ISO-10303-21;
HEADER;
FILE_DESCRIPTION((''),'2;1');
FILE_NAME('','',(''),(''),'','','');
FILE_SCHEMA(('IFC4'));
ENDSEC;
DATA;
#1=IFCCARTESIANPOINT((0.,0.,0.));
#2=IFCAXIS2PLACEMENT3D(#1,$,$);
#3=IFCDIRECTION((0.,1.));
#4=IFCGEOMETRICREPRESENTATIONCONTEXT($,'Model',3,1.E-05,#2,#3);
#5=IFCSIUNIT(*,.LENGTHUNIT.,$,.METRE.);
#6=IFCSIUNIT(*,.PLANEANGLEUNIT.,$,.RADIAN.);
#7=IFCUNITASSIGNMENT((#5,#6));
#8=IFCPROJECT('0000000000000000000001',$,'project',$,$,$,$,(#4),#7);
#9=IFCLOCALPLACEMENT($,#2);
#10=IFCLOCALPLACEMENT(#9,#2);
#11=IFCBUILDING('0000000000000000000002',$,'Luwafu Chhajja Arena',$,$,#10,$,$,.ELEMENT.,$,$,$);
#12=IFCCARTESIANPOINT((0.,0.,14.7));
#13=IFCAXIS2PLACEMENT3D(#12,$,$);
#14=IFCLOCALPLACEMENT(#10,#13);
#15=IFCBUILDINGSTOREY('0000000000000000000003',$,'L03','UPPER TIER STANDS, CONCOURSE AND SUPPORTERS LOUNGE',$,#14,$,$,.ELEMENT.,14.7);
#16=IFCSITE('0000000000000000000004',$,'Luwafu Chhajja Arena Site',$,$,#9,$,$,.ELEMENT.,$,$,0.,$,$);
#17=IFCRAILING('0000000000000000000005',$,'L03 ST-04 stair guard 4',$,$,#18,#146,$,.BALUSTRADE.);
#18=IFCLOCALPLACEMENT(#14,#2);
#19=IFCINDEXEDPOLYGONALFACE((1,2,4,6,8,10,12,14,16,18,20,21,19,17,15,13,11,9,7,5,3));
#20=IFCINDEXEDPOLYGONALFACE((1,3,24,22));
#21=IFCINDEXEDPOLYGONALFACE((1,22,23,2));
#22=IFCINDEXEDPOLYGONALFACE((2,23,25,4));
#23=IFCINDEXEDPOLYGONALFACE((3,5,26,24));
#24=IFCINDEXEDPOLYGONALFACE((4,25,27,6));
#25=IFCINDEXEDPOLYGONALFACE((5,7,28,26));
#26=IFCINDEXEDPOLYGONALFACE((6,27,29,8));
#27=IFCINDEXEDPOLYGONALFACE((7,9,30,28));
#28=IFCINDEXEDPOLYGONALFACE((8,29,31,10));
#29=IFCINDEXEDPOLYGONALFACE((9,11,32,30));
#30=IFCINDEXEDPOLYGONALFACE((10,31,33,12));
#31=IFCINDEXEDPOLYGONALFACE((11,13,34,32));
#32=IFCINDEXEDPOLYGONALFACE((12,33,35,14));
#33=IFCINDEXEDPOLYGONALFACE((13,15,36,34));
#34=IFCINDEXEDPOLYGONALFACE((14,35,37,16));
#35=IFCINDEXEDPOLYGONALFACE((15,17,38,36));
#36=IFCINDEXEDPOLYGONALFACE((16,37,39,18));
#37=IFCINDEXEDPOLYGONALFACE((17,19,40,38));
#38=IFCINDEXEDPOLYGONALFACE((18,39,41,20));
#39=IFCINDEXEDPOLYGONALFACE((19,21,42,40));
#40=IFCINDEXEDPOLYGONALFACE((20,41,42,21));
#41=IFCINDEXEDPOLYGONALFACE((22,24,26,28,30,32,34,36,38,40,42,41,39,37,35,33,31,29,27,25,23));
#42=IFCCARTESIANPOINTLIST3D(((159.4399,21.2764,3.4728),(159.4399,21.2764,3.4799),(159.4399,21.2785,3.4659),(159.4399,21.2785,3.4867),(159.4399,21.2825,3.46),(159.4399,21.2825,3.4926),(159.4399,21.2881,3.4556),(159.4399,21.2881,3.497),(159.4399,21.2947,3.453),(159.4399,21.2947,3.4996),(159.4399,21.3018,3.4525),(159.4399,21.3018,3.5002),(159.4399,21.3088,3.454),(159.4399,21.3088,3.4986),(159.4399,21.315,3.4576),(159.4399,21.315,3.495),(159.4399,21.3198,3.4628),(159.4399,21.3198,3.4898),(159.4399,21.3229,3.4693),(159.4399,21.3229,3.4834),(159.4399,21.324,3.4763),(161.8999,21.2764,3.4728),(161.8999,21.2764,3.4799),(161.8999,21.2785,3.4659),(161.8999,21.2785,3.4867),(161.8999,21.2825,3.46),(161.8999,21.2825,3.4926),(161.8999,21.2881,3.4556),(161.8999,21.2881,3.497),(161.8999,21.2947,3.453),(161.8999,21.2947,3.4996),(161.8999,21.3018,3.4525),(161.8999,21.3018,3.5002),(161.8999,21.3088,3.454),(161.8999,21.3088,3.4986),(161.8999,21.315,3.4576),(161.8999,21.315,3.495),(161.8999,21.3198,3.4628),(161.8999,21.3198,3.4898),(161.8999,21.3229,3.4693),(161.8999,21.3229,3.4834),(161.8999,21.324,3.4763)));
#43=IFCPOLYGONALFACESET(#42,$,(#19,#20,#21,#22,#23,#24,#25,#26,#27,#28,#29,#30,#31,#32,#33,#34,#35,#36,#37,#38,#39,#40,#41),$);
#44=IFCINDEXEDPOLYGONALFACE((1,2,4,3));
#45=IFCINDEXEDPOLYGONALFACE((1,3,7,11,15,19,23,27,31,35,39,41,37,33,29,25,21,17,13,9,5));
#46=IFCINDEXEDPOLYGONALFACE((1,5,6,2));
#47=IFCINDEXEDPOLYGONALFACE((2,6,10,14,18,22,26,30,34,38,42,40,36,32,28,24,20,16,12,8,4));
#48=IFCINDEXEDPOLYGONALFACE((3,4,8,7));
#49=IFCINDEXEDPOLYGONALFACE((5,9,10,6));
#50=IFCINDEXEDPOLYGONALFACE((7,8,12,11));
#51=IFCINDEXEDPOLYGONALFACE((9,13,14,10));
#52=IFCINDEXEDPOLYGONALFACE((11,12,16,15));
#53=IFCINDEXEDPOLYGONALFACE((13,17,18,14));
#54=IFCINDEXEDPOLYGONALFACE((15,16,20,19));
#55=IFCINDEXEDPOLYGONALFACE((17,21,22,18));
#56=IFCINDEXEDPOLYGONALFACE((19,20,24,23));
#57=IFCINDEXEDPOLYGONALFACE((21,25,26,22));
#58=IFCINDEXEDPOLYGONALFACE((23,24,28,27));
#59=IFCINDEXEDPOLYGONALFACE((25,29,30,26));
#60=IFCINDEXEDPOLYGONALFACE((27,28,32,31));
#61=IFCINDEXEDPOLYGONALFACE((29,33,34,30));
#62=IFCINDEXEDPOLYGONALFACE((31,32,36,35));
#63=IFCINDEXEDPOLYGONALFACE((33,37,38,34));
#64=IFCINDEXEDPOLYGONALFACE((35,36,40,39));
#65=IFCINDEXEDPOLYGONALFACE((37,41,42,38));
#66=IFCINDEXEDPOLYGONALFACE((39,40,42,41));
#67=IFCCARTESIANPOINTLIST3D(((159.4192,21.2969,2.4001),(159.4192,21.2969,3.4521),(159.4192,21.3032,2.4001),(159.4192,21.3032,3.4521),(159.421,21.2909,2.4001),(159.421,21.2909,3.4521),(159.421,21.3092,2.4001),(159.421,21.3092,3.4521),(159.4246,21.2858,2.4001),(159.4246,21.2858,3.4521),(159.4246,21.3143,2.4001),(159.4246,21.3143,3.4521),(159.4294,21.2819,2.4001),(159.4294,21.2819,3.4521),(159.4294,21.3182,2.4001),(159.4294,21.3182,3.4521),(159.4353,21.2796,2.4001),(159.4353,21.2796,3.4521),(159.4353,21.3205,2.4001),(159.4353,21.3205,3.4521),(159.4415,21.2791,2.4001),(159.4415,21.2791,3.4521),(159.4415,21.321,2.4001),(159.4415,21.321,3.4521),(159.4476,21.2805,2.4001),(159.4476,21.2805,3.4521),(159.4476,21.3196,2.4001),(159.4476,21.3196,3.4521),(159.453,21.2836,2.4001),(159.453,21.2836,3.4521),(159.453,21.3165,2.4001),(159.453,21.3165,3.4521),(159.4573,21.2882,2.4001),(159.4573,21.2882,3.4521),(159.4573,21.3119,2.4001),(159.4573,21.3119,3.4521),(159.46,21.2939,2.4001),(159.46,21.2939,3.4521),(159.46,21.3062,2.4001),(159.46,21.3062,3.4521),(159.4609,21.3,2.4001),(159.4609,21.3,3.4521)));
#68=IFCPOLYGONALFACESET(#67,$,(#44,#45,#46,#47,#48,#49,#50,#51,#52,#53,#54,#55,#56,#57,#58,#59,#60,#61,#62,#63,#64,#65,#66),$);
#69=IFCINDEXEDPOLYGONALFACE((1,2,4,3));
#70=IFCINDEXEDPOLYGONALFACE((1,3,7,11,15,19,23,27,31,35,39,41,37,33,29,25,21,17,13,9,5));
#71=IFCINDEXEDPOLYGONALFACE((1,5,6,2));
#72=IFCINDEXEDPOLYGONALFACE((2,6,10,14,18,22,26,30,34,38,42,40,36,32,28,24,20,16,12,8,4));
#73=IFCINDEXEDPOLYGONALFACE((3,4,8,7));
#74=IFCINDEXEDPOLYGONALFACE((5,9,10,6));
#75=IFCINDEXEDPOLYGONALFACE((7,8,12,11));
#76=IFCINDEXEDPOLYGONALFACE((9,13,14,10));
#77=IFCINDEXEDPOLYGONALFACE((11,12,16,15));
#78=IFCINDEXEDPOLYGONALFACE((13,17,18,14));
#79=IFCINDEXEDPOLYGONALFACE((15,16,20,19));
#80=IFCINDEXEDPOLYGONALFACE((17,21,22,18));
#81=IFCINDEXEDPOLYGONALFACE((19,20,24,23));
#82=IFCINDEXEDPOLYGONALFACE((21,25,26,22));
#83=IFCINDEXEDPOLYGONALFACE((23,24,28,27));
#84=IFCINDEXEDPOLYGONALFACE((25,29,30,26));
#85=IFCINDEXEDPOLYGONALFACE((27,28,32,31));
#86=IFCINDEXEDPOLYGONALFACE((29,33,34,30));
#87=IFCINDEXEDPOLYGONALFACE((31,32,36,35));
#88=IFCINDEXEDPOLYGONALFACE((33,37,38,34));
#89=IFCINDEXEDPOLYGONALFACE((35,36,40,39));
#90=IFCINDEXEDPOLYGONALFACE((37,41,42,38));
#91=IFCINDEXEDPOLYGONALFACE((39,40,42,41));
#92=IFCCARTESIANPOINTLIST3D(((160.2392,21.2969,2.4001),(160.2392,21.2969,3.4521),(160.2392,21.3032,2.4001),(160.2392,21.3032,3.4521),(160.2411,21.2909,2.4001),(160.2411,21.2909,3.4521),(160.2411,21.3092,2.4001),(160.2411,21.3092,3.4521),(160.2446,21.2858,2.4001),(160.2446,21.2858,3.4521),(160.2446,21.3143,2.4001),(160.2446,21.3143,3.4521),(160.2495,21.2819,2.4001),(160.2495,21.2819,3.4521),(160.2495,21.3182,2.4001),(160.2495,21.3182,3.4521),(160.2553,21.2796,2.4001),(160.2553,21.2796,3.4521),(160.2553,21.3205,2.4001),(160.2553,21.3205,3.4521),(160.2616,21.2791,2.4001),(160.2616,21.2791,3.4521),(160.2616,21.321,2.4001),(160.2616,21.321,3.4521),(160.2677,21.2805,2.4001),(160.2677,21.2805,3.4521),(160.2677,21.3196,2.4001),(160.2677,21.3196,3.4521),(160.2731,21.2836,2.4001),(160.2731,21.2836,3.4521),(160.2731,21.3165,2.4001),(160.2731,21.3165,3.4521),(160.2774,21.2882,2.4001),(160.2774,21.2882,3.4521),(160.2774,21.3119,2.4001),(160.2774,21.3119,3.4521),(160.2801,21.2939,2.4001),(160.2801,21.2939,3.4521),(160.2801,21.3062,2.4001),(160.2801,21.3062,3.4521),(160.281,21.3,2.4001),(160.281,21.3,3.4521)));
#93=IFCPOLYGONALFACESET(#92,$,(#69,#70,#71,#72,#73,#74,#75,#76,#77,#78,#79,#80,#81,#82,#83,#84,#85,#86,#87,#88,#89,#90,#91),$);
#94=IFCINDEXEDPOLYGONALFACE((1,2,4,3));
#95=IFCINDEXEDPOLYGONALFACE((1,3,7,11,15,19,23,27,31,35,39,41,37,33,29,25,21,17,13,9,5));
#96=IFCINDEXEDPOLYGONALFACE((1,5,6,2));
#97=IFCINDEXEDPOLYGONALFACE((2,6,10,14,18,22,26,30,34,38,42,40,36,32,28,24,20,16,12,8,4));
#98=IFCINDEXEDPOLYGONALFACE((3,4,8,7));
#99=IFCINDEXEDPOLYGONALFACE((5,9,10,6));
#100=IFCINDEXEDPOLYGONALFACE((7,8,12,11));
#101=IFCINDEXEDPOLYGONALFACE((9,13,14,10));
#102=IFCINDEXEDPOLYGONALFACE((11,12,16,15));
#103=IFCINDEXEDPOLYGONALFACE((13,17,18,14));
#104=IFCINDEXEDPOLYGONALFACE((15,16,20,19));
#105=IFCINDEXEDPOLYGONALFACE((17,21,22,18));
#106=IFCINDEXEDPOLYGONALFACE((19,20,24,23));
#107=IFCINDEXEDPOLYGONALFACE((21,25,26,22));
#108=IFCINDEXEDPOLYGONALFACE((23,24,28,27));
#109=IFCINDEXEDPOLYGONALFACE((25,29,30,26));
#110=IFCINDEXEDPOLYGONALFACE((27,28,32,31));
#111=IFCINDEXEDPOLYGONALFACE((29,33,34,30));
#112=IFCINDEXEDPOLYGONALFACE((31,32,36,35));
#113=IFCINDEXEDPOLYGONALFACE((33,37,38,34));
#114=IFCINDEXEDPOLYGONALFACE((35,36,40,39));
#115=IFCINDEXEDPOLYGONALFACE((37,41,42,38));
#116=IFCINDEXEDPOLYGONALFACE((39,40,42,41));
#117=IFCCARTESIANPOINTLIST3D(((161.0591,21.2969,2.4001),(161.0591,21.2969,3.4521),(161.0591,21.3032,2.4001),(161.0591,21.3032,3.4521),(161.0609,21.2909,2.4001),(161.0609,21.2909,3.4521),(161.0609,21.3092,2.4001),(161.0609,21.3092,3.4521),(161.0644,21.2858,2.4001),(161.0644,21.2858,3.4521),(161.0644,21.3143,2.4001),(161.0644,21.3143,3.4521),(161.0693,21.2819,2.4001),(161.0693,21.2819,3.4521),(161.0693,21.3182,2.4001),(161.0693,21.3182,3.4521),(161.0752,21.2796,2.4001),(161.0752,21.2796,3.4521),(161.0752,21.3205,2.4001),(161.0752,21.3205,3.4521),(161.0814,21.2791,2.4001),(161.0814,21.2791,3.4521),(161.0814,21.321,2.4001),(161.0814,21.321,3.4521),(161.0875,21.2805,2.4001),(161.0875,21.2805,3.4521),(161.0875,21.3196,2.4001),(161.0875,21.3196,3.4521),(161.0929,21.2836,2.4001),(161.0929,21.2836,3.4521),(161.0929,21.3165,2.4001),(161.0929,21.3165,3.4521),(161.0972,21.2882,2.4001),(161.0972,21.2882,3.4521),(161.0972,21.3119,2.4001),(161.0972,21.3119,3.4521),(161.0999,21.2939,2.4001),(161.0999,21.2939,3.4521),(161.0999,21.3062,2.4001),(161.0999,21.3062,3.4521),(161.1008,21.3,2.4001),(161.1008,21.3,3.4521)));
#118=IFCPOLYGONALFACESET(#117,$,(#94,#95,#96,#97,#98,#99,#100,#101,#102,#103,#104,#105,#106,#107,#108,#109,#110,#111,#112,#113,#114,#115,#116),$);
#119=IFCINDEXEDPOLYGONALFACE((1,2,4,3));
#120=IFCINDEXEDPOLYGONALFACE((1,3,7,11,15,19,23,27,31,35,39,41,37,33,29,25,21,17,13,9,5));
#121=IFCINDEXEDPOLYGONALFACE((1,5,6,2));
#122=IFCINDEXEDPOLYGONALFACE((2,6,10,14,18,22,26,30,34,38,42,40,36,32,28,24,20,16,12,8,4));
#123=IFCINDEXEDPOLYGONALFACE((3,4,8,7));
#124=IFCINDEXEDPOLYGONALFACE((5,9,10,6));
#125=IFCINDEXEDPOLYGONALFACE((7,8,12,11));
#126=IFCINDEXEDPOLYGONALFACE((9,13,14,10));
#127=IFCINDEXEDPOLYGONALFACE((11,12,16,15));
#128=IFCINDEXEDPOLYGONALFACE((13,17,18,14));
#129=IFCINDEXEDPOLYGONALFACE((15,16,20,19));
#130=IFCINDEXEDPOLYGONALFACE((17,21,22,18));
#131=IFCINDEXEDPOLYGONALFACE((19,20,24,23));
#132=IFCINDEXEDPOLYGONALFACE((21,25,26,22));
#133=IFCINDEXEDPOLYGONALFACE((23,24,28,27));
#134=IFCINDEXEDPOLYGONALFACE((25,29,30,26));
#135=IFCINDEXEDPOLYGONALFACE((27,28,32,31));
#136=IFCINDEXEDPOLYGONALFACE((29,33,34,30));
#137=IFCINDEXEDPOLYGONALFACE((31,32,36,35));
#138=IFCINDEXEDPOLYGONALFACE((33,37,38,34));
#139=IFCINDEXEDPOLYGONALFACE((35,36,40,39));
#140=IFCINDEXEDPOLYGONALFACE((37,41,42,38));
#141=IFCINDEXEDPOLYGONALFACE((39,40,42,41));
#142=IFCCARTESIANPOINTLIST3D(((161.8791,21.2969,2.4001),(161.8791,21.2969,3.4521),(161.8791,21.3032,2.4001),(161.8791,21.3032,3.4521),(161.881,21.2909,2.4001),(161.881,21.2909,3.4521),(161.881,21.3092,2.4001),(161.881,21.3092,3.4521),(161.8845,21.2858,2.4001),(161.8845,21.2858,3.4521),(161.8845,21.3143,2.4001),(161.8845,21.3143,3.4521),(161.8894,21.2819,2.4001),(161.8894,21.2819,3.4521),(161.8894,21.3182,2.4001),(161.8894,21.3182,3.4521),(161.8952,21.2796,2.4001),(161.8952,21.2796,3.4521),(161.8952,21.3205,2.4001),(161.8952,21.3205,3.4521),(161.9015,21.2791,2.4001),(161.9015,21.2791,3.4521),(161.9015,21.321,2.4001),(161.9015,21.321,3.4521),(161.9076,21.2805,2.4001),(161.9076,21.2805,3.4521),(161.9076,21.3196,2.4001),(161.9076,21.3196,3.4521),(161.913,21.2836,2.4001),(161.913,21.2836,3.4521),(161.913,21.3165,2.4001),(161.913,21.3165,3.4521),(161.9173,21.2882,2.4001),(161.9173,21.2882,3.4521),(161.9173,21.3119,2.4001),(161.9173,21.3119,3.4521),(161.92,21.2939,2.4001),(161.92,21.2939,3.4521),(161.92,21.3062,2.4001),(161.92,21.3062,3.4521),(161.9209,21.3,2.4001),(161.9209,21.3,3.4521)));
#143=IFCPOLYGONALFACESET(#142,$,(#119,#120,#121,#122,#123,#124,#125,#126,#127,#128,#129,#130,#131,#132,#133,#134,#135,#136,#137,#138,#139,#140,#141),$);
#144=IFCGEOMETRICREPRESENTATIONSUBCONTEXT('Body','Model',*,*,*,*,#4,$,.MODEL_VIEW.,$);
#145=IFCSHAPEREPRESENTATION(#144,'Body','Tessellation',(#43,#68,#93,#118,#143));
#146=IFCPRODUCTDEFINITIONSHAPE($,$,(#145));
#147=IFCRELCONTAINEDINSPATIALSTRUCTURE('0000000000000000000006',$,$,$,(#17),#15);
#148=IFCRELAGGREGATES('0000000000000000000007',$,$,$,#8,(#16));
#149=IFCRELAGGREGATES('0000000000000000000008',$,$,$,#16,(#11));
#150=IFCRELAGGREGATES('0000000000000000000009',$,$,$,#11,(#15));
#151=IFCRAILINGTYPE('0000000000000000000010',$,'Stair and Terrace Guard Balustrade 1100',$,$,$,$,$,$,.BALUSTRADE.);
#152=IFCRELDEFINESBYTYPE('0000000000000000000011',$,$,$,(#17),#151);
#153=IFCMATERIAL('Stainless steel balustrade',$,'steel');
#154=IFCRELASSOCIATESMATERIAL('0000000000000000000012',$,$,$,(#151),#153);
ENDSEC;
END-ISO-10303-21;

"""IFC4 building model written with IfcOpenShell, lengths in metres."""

from ifc_helpers import new_model, si_unit, direction, frame, origin, origin_2d, place, context, subcontext, project, spatial, circle, extrude, material, type_object, element, save


model = new_model("IFC4")

# Units and contexts
model_context = context("Model", 3, precision=1e-05, world=origin(), true_north=direction((0.0, 1.0)))
body_context = subcontext(model_context, "Body", "Model", "MODEL_VIEW")
ifc_project = project(units=[si_unit("LENGTHUNIT", "METRE"), si_unit("PLANEANGLEUNIT", "RADIAN")], contexts=[model_context])

# Site, building, storey
site_placement = place(None, origin())
site = spatial("IfcSite", under=ifc_project, at=site_placement, Name="Luwafu Chhajja Arena Site", CompositionType="ELEMENT", RefElevation=0.0)
building_placement = place(site_placement, origin())
building = spatial("IfcBuilding", under=site, at=building_placement, Name="Luwafu Chhajja Arena", CompositionType="ELEMENT")
storey_placement = place(building_placement, frame((0.0, 0.0, 14.7)))
storey = spatial("IfcBuildingStorey", under=building, at=storey_placement, Name="L03", Description="UPPER TIER STANDS, CONCOURSE AND SUPPORTERS LOUNGE", CompositionType="ELEMENT", Elevation=14.7)

# Railing
ifc_material_1 = material(Name="Stainless steel balustrade", Category="steel")
railing_type_1 = type_object("IfcRailingType", Name="Stair and Terrace Guard Balustrade 1100", PredefinedType="BALUSTRADE", material=ifc_material_1)
for number, where, name in (
    (1, (159.4399, 21.3, 2.4001), "L03 ST-04 stair guard 4"),
):
    element("IfcRailing", number, at=place(storey_placement, frame(where)), inside=storey, type_object=railing_type_1, Name=name, PredefinedType="BALUSTRADE", context=body_context, shape_type="SweptSolid", body=[
        extrude(circle(Radius=0.0239, at=origin_2d()), frame((0.0, 0.0, 1.0762), z_axis=(1.0, 0.0, 0.0), x_axis=(0.0, 1.0, 0.0)), (0.0, 0.0, 1.0), 2.46),
        extrude(circle(Radius=0.021, at=origin_2d()), origin(), (0.0, 0.0, 1.0), 1.052),
        extrude(circle(Radius=0.021, at=origin_2d()), frame((0.8201, 0.0, 0.0)), (0.0, 0.0, 1.0), 1.052),
        extrude(circle(Radius=0.021, at=origin_2d()), frame((1.6399, 0.0, 0.0)), (0.0, 0.0, 1.0), 1.052),
        extrude(circle(Radius=0.021, at=origin_2d()), frame((2.46, 0.0, 0.0)), (0.0, 0.0, 1.0), 1.052),
    ])

save(model, "model.ifc")
